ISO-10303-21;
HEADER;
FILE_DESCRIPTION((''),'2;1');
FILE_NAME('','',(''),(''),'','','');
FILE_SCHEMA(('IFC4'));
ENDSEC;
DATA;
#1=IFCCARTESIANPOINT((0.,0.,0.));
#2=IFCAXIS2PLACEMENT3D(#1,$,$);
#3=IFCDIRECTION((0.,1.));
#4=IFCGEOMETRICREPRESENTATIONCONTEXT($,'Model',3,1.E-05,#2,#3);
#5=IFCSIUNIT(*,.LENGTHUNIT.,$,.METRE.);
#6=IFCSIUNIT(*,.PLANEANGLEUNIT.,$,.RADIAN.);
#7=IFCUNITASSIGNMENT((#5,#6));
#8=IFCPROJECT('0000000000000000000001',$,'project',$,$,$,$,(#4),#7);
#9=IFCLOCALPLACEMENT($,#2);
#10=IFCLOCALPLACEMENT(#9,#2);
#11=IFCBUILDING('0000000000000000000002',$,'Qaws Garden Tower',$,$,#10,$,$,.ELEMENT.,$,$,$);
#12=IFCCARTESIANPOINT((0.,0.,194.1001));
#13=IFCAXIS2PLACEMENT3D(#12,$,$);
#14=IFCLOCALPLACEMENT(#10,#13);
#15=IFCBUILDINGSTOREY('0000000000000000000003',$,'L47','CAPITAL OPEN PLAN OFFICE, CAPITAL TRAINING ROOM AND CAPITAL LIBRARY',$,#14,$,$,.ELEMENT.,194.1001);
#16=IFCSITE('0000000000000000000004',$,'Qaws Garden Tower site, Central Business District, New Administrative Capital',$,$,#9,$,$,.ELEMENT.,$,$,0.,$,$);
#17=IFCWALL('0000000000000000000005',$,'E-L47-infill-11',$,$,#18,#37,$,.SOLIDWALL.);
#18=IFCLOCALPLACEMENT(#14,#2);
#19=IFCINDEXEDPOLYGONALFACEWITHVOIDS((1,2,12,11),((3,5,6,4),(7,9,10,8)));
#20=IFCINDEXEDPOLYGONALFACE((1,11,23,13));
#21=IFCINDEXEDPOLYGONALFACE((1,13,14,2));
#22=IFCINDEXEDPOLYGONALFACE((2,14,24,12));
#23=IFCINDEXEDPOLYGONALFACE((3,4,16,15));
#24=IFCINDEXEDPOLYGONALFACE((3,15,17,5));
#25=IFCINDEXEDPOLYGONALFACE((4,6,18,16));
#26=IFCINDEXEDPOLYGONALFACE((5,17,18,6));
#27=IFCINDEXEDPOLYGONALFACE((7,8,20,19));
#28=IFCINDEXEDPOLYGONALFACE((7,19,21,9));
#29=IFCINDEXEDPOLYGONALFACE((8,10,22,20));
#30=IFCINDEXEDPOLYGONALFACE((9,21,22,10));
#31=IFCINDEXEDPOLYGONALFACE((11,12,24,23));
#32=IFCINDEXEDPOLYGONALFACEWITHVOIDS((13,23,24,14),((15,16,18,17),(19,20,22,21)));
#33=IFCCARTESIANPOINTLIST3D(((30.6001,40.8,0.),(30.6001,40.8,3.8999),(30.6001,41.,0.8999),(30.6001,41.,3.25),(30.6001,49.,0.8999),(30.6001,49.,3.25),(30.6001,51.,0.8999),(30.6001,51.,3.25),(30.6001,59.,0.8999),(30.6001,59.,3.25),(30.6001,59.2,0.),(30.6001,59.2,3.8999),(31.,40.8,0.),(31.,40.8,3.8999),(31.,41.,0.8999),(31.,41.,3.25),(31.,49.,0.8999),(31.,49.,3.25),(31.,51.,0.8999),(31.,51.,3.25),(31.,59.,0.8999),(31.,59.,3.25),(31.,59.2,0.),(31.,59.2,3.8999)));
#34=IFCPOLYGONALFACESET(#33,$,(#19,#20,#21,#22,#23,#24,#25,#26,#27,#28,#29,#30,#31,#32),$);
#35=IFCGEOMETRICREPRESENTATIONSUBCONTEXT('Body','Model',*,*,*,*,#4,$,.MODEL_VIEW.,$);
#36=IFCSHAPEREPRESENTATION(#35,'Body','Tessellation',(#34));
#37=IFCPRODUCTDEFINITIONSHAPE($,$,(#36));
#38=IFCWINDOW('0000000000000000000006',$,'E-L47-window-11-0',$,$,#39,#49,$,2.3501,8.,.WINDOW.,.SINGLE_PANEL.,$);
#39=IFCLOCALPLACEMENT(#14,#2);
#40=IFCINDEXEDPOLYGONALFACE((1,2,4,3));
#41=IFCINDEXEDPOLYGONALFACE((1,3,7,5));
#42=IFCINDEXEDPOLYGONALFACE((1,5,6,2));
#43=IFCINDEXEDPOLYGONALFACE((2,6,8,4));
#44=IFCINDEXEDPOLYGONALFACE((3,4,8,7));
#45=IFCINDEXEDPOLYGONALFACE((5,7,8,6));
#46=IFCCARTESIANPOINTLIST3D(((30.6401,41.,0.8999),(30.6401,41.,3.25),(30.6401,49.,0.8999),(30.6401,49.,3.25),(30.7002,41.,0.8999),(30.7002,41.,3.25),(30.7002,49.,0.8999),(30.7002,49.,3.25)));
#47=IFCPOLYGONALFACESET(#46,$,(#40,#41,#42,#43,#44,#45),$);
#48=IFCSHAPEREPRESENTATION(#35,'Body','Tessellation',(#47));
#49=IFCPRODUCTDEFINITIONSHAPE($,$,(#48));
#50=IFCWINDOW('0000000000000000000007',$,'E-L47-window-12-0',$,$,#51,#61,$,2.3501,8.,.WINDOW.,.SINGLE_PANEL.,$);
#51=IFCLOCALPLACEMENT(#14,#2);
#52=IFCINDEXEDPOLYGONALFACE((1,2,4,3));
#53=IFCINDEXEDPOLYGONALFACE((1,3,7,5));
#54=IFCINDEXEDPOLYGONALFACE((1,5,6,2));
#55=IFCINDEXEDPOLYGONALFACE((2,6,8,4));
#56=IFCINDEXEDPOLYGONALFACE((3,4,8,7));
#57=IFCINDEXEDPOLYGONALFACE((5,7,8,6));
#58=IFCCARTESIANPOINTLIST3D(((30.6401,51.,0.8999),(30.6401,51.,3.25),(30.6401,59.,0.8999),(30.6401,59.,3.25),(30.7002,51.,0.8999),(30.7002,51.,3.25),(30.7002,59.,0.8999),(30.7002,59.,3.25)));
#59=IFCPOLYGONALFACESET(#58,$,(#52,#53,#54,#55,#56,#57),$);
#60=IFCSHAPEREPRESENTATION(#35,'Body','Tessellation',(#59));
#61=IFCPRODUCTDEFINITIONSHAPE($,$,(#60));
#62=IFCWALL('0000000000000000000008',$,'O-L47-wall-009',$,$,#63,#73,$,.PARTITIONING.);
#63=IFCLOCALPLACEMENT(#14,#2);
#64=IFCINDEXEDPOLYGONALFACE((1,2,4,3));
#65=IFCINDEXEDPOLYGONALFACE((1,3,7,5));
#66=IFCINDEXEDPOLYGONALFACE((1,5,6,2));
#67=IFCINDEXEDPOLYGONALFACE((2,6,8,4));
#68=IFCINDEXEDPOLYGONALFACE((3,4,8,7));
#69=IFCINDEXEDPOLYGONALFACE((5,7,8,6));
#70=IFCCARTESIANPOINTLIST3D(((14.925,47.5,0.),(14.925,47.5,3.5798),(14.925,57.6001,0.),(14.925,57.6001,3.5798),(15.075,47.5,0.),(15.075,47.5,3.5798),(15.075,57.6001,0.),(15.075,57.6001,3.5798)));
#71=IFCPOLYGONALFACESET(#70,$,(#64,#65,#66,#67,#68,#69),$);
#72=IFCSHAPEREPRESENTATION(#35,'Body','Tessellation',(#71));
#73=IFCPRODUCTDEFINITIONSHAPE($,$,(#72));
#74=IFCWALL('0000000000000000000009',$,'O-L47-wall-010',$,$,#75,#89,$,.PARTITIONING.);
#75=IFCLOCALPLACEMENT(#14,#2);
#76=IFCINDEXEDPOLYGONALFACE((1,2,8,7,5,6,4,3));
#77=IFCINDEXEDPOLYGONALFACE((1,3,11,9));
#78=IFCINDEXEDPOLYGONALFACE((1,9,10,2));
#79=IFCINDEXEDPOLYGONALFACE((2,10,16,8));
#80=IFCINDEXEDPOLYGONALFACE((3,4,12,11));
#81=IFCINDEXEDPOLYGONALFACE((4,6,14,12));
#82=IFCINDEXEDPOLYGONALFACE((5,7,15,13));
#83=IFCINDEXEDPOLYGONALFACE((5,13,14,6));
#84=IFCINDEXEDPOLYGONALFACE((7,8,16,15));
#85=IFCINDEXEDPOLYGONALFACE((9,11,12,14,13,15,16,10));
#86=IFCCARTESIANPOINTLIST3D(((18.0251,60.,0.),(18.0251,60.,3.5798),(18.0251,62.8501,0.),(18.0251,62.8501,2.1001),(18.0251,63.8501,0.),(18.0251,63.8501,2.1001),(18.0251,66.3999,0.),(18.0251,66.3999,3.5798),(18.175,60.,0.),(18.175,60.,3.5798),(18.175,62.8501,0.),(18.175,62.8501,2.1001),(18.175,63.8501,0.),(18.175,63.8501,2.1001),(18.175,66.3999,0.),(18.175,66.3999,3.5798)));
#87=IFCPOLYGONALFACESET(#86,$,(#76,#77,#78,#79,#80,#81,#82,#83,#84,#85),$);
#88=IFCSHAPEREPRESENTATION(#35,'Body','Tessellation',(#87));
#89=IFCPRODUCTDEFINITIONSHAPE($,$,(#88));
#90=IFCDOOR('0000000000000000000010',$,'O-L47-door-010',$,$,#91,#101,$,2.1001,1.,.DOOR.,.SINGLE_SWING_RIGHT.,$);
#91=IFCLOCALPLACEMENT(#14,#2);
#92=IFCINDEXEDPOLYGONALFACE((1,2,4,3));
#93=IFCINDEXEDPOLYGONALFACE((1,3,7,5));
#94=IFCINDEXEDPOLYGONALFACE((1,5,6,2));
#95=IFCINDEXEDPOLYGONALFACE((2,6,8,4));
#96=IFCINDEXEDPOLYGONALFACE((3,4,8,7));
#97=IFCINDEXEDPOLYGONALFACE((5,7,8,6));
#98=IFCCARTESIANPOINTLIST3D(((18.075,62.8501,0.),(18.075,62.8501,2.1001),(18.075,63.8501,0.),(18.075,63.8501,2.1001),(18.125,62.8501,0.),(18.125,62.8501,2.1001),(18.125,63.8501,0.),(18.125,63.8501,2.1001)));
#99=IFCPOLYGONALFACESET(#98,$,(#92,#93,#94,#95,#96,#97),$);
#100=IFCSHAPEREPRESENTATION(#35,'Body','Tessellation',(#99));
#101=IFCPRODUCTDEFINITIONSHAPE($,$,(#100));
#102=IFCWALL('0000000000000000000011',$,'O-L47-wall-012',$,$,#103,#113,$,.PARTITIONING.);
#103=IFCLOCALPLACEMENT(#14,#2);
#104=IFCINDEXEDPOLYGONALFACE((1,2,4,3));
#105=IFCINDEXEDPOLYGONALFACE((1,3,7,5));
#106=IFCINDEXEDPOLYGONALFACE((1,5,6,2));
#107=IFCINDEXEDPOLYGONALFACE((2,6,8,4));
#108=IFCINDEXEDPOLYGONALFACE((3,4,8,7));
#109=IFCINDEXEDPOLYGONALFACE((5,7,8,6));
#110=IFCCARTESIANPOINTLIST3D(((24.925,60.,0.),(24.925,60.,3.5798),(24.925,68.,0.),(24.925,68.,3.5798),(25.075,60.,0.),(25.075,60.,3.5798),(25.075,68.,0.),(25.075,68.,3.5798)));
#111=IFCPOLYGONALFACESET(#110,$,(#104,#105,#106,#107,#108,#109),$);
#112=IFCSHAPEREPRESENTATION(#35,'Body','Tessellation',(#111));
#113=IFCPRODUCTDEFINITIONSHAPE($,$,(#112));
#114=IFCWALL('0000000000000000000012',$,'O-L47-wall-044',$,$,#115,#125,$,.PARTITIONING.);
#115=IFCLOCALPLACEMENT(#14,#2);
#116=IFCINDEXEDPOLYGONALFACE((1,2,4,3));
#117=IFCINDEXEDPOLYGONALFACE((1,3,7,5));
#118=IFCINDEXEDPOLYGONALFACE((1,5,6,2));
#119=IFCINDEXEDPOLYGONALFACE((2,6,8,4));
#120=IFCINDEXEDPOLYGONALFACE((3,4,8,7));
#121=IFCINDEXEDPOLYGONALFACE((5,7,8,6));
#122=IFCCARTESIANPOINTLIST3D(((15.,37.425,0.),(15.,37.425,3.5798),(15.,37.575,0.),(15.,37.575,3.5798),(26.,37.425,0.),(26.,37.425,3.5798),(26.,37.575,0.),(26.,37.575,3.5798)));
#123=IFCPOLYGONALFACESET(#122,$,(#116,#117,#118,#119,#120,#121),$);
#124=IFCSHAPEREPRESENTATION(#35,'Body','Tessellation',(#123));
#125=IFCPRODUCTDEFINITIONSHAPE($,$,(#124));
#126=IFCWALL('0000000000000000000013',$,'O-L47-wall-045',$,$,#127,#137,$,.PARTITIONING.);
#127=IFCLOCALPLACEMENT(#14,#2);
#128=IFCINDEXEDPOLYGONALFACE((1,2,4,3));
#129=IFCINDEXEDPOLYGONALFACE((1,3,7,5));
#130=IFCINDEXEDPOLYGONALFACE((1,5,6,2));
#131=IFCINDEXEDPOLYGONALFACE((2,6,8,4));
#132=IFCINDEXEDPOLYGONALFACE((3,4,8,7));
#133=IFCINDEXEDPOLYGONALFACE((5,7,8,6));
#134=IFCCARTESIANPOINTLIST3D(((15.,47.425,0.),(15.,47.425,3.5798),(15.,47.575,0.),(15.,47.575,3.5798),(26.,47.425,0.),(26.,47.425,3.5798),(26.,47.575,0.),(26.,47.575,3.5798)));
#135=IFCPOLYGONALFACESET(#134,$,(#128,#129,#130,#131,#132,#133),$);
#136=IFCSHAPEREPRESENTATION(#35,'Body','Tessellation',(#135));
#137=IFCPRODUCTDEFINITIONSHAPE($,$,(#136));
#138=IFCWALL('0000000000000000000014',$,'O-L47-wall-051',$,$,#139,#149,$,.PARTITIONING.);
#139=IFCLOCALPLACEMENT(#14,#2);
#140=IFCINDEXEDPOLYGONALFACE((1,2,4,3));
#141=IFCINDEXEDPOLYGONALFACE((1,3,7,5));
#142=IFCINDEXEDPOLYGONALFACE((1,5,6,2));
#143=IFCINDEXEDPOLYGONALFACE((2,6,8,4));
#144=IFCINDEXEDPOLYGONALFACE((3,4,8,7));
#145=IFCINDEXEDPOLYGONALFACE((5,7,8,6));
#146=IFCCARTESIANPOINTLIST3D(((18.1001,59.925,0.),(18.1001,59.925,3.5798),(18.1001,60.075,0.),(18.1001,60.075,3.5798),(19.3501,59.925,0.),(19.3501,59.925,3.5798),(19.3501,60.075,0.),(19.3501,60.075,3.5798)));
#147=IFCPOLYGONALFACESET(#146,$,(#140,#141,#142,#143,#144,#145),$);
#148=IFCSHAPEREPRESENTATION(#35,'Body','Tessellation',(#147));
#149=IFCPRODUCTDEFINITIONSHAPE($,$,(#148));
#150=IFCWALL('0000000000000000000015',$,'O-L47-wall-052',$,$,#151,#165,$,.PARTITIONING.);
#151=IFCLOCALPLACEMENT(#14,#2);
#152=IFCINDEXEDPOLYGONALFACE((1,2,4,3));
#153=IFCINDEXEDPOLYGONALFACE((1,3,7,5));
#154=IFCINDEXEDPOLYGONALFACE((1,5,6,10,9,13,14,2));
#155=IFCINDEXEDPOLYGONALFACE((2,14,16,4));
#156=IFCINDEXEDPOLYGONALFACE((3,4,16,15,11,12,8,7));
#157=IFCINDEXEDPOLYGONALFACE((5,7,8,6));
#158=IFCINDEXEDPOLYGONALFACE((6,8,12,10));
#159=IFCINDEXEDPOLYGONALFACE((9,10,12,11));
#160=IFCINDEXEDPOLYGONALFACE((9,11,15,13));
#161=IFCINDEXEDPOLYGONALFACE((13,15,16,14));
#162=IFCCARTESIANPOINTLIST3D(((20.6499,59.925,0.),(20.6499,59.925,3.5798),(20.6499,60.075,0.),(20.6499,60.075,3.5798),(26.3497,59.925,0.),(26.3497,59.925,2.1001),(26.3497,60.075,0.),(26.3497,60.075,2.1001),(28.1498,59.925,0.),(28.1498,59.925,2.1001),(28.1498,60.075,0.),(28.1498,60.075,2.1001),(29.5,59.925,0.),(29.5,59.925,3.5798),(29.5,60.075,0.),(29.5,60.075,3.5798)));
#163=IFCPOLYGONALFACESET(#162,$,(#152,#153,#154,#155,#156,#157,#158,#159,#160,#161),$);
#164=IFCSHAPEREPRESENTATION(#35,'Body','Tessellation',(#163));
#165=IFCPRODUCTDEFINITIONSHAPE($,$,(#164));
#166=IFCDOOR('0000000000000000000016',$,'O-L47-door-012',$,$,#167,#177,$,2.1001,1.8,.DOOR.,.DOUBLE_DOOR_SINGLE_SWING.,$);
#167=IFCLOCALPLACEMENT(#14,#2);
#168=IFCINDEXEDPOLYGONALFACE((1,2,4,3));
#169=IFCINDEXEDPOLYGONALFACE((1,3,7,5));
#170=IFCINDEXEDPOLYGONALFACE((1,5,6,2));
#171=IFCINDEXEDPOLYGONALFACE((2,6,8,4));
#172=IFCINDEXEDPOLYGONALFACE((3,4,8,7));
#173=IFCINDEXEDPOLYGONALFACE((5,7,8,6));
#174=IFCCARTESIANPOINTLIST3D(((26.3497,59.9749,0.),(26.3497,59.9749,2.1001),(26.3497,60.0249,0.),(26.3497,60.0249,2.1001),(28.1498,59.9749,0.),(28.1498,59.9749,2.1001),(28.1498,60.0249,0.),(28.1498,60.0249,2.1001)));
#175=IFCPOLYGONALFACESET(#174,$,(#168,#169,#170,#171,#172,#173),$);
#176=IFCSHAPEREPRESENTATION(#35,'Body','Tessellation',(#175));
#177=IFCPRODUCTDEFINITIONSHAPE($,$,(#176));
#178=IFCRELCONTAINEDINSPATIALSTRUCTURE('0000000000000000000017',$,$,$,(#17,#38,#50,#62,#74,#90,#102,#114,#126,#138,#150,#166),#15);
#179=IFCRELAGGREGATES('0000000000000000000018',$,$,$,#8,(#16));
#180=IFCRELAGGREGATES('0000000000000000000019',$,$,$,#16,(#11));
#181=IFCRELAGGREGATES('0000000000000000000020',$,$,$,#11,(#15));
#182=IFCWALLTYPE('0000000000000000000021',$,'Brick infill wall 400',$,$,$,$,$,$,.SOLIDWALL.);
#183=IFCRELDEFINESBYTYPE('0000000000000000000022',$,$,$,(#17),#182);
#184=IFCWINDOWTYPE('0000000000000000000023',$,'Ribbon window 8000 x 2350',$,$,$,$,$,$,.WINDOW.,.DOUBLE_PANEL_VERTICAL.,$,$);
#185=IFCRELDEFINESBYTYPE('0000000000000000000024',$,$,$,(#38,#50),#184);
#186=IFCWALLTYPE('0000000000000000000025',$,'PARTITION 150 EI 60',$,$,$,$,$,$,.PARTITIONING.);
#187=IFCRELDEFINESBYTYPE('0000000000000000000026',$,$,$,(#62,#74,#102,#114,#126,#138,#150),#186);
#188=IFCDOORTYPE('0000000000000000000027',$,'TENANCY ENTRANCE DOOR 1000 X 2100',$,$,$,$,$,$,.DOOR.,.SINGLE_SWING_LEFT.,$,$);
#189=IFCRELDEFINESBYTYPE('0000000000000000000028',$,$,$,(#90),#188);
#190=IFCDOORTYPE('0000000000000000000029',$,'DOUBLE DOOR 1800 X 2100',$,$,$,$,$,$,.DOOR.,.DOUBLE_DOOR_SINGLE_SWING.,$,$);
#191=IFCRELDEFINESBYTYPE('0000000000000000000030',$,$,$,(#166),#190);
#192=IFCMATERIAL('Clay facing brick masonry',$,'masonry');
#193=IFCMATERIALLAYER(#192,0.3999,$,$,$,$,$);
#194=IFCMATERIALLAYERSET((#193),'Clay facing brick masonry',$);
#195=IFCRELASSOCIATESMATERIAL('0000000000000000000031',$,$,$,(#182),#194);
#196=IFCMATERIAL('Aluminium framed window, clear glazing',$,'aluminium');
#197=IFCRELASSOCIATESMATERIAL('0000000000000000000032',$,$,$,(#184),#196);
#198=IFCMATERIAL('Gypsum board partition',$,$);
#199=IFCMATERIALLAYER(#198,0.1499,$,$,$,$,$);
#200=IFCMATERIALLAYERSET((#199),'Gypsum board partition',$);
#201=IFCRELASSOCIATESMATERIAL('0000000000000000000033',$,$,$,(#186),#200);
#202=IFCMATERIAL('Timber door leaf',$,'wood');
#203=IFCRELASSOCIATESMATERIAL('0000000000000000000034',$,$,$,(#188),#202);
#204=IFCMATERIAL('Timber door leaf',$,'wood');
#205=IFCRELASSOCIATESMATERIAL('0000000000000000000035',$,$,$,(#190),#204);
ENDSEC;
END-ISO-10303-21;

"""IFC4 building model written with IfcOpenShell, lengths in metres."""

from ifc_helpers import new_model, si_unit, direction, frame, frame_2d, origin, place, context, subcontext, project, spatial, rectangle, extrude, material, layer, layer_set, type_object, element, fill, save


model = new_model("IFC4")

# Units and contexts
model_context = context("Model", 3, precision=1e-05, world=origin(), true_north=direction((0.0, 1.0)))
body_context = subcontext(model_context, "Body", "Model", "MODEL_VIEW")
ifc_project = project(units=[si_unit("LENGTHUNIT", "METRE"), si_unit("PLANEANGLEUNIT", "RADIAN")], contexts=[model_context])

# Site, building, storey
site_placement = place(None, origin())
site = spatial("IfcSite", under=ifc_project, at=site_placement, Name="Qaws Garden Tower site, Central Business District, New Administrative Capital", CompositionType="ELEMENT", RefElevation=0.0)
building_placement = place(site_placement, origin())
building = spatial("IfcBuilding", under=site, at=building_placement, Name="Qaws Garden Tower", CompositionType="ELEMENT")
storey_placement = place(building_placement, frame((0.0, 0.0, 194.1001)))
storey = spatial("IfcBuildingStorey", under=building, at=storey_placement, Name="L47", Description="CAPITAL OPEN PLAN OFFICE, CAPITAL TRAINING ROOM AND CAPITAL LIBRARY", CompositionType="ELEMENT", Elevation=194.1001)

# Shared definitions
ifc_material_1 = material(Name="Clay facing brick masonry", Category="masonry")
ifc_layer_1 = layer(ifc_material_1, 0.3999)
ifc_layer_set_1 = layer_set([ifc_layer_1], Name="Clay facing brick masonry")
wall_type_1 = type_object("IfcWallType", Name="Brick infill wall 400", PredefinedType="SOLIDWALL", material=ifc_layer_set_1)

# Wall, openings, windows
wall_1_placement = place(storey_placement, frame((30.8, 40.8, 0.0), z_axis=(0.0, 0.0, 1.0), x_axis=(0.0, 1.0, 0.0)))
wall_1 = element("IfcWall", 1, at=wall_1_placement, inside=storey, type_object=wall_type_1, Name="E-L47-infill-11", PredefinedType="SOLIDWALL", context=body_context, shape_type="SweptSolid", body=[
    extrude(rectangle(XDim=18.3999, YDim=0.3999, at=frame_2d((9.2, 0.0))), origin(), (0.0, 0.0, 1.0), 3.8999),
])
opening_1_placement = place(wall_1_placement, frame((0.2, 0.0, 0.8999)))
opening_1 = element("IfcOpeningElement", 2, at=opening_1_placement, cuts=wall_1, PredefinedType="OPENING", context=body_context, shape_type="SweptSolid", body=[
    extrude(rectangle(XDim=8.0, YDim=2.3501, at=frame_2d((4.0, 1.175))), frame((0.0, 0.21, 0.0), z_axis=(0.0, -1.0, 0.0), x_axis=(1.0, 0.0, 0.0)), (0.0, 0.0, 1.0), 0.4199),
])
opening_2_placement = place(wall_1_placement, frame((10.2, 0.0, 0.8999)))
opening_2 = element("IfcOpeningElement", 3, at=opening_2_placement, cuts=wall_1, PredefinedType="OPENING", context=body_context, shape_type="SweptSolid", body=[
    extrude(rectangle(XDim=8.0, YDim=2.3501, at=frame_2d((4.0, 1.175))), frame((0.0, 0.21, 0.0), z_axis=(0.0, -1.0, 0.0), x_axis=(1.0, 0.0, 0.0)), (0.0, 0.0, 1.0), 0.4199),
])
ifc_material_2 = material(Name="Aluminium framed window, clear glazing", Category="aluminium")
window_type_1 = type_object("IfcWindowType", Name="Ribbon window 8000 x 2350", PartitioningType="DOUBLE_PANEL_VERTICAL", PredefinedType="WINDOW", material=ifc_material_2)
window_1_placement = place(opening_1_placement, origin())
window_1 = element("IfcWindow", 4, at=window_1_placement, inside=storey, type_object=window_type_1, Name="E-L47-window-11-0", OverallHeight=2.3501, OverallWidth=8.0, PartitioningType="SINGLE_PANEL", PredefinedType="WINDOW", context=body_context, shape_type="SweptSolid", body=[
    extrude(rectangle(XDim=8.0, YDim=2.3501, at=frame_2d((4.0, 1.175))), frame((0.0, 0.1599, 0.0), z_axis=(0.0, -1.0, 0.0), x_axis=(1.0, 0.0, 0.0)), (0.0, 0.0, 1.0), 0.0601),
])
fill(opening_1, window_1)
window_2_placement = place(opening_2_placement, origin())
window_2 = element("IfcWindow", 5, at=window_2_placement, inside=storey, type_object=window_type_1, Name="E-L47-window-12-0", OverallHeight=2.3501, OverallWidth=8.0, PartitioningType="SINGLE_PANEL", PredefinedType="WINDOW", context=body_context, shape_type="SweptSolid", body=[
    extrude(rectangle(XDim=8.0, YDim=2.3501, at=frame_2d((4.0, 1.175))), frame((0.0, 0.1599, 0.0), z_axis=(0.0, -1.0, 0.0), x_axis=(1.0, 0.0, 0.0)), (0.0, 0.0, 1.0), 0.0601),
])
fill(opening_2, window_2)

# Wall
ifc_material_3 = material(Name="Gypsum board partition")
ifc_layer_2 = layer(ifc_material_3, 0.1499)
ifc_layer_set_2 = layer_set([ifc_layer_2], Name="Gypsum board partition")
wall_type_2 = type_object("IfcWallType", Name="PARTITION 150 EI 60", PredefinedType="PARTITIONING", material=ifc_layer_set_2)
wall_2_placement = place(storey_placement, frame((15.0, 47.5, 0.0), z_axis=(0.0, 0.0, 1.0), x_axis=(0.0, 1.0, 0.0)))
element("IfcWall", 6, at=wall_2_placement, inside=storey, type_object=wall_type_2, Name="O-L47-wall-009", PredefinedType="PARTITIONING", context=body_context, shape_type="SweptSolid", body=[
    extrude(rectangle(XDim=10.1001, YDim=0.1499, at=frame_2d((5.05, 0.0))), origin(), (0.0, 0.0, 1.0), 3.5798),
])

# Wall, opening, door
wall_3_placement = place(storey_placement, frame((18.1001, 60.0, 0.0), z_axis=(0.0, 0.0, 1.0), x_axis=(0.0, 1.0, 0.0)))
wall_3 = element("IfcWall", 7, at=wall_3_placement, inside=storey, type_object=wall_type_2, Name="O-L47-wall-010", PredefinedType="PARTITIONING", context=body_context, shape_type="SweptSolid", body=[
    extrude(rectangle(XDim=6.3999, YDim=0.1499, at=frame_2d((3.2, 0.0))), origin(), (0.0, 0.0, 1.0), 3.5798),
])
opening_3_placement = place(wall_3_placement, frame((2.8501, 0.0, 0.0)))
opening_3 = element("IfcOpeningElement", 8, at=opening_3_placement, cuts=wall_3, PredefinedType="OPENING", context=body_context, shape_type="SweptSolid", body=[
    extrude(rectangle(XDim=1.0, YDim=2.1001, at=frame_2d((0.5, 1.05))), frame((0.0, 0.085, 0.0), z_axis=(0.0, -1.0, 0.0), x_axis=(1.0, 0.0, 0.0)), (0.0, 0.0, 1.0), 0.1699),
])
ifc_material_4 = material(Name="Timber door leaf", Category="wood")
door_type_1 = type_object("IfcDoorType", Name="TENANCY ENTRANCE DOOR 1000 X 2100", OperationType="SINGLE_SWING_LEFT", PredefinedType="DOOR", material=ifc_material_4)
door_1_placement = place(opening_3_placement, frame((1.0, 0.0, 0.0), z_axis=(0.0, 0.0, 1.0), x_axis=(-1.0, 0.0, 0.0)))
door_1 = element("IfcDoor", 9, at=door_1_placement, inside=storey, type_object=door_type_1, Name="O-L47-door-010", OperationType="SINGLE_SWING_RIGHT", OverallHeight=2.1001, OverallWidth=1.0, PredefinedType="DOOR", context=body_context, shape_type="SweptSolid", body=[
    extrude(rectangle(XDim=1.0, YDim=2.1001, at=frame_2d((0.5, 1.05))), frame((0.0, 0.0249, 0.0), z_axis=(0.0, -1.0, 0.0), x_axis=(1.0, 0.0, 0.0)), (0.0, 0.0, 1.0), 0.05),
])
fill(opening_3, door_1)

# Walls
wall_4_placement = place(storey_placement, frame((25.0, 60.0, 0.0), z_axis=(0.0, 0.0, 1.0), x_axis=(0.0, 1.0, 0.0)))
element("IfcWall", 10, at=wall_4_placement, inside=storey, type_object=wall_type_2, Name="O-L47-wall-012", PredefinedType="PARTITIONING", context=body_context, shape_type="SweptSolid", body=[
    extrude(rectangle(XDim=8.0, YDim=0.1499, at=frame_2d((4.0, 0.0))), origin(), (0.0, 0.0, 1.0), 3.5798),
])
for number, where, z_axis, x_axis, name in (
    (11, (15.0, 37.5, 0.0), (0.0, 0.0, 1.0), (1.0, 0.0, 0.0), "O-L47-wall-044"),
    (12, (15.0, 47.5, 0.0), (0.0, 0.0, 1.0), (1.0, 0.0, 0.0), "O-L47-wall-045"),
):
    element("IfcWall", number, at=place(storey_placement, frame(where, z_axis=z_axis, x_axis=x_axis)), inside=storey, type_object=wall_type_2, Name=name, PredefinedType="PARTITIONING", context=body_context, shape_type="SweptSolid", body=[
        extrude(rectangle(XDim=11.0, YDim=0.1499, at=frame_2d((5.5, 0.0))), origin(), (0.0, 0.0, 1.0), 3.5798),
    ])
wall_5_placement = place(storey_placement, frame((18.1001, 60.0, 0.0), z_axis=(0.0, 0.0, 1.0), x_axis=(1.0, 0.0, 0.0)))
element("IfcWall", 13, at=wall_5_placement, inside=storey, type_object=wall_type_2, Name="O-L47-wall-051", PredefinedType="PARTITIONING", context=body_context, shape_type="SweptSolid", body=[
    extrude(rectangle(XDim=1.25, YDim=0.1499, at=frame_2d((0.625, 0.0))), origin(), (0.0, 0.0, 1.0), 3.5798),
])

# Wall, opening, door
wall_6_placement = place(storey_placement, frame((20.6499, 60.0, 0.0), z_axis=(0.0, 0.0, 1.0), x_axis=(1.0, 0.0, 0.0)))
wall_6 = element("IfcWall", 14, at=wall_6_placement, inside=storey, type_object=wall_type_2, Name="O-L47-wall-052", PredefinedType="PARTITIONING", context=body_context, shape_type="SweptSolid", body=[
    extrude(rectangle(XDim=8.8501, YDim=0.1499, at=frame_2d((4.425, 0.0))), origin(), (0.0, 0.0, 1.0), 3.5798),
])
opening_4_placement = place(wall_6_placement, frame((5.7, 0.0, 0.0)))
opening_4 = element("IfcOpeningElement", 15, at=opening_4_placement, cuts=wall_6, PredefinedType="OPENING", context=body_context, shape_type="SweptSolid", body=[
    extrude(rectangle(XDim=1.8, YDim=2.1001, at=frame_2d((0.8999, 1.05))), frame((0.0, 0.085, 0.0), z_axis=(0.0, -1.0, 0.0), x_axis=(1.0, 0.0, 0.0)), (0.0, 0.0, 1.0), 0.1699),
])
ifc_material_5 = material(Name="Timber door leaf", Category="wood")
door_type_2 = type_object("IfcDoorType", Name="DOUBLE DOOR 1800 X 2100", OperationType="DOUBLE_DOOR_SINGLE_SWING", PredefinedType="DOOR", material=ifc_material_5)
door_2_placement = place(opening_4_placement, origin())
door_2 = element("IfcDoor", 16, at=door_2_placement, inside=storey, type_object=door_type_2, Name="O-L47-door-012", OperationType="DOUBLE_DOOR_SINGLE_SWING", OverallHeight=2.1001, OverallWidth=1.8, PredefinedType="DOOR", context=body_context, shape_type="SweptSolid", body=[
    extrude(rectangle(XDim=1.8, YDim=2.1001, at=frame_2d((0.8999, 1.05))), frame((0.0, 0.0249, 0.0), z_axis=(0.0, -1.0, 0.0), x_axis=(1.0, 0.0, 0.0)), (0.0, 0.0, 1.0), 0.05),
])
fill(opening_4, door_2)

save(model, "model.ifc")
